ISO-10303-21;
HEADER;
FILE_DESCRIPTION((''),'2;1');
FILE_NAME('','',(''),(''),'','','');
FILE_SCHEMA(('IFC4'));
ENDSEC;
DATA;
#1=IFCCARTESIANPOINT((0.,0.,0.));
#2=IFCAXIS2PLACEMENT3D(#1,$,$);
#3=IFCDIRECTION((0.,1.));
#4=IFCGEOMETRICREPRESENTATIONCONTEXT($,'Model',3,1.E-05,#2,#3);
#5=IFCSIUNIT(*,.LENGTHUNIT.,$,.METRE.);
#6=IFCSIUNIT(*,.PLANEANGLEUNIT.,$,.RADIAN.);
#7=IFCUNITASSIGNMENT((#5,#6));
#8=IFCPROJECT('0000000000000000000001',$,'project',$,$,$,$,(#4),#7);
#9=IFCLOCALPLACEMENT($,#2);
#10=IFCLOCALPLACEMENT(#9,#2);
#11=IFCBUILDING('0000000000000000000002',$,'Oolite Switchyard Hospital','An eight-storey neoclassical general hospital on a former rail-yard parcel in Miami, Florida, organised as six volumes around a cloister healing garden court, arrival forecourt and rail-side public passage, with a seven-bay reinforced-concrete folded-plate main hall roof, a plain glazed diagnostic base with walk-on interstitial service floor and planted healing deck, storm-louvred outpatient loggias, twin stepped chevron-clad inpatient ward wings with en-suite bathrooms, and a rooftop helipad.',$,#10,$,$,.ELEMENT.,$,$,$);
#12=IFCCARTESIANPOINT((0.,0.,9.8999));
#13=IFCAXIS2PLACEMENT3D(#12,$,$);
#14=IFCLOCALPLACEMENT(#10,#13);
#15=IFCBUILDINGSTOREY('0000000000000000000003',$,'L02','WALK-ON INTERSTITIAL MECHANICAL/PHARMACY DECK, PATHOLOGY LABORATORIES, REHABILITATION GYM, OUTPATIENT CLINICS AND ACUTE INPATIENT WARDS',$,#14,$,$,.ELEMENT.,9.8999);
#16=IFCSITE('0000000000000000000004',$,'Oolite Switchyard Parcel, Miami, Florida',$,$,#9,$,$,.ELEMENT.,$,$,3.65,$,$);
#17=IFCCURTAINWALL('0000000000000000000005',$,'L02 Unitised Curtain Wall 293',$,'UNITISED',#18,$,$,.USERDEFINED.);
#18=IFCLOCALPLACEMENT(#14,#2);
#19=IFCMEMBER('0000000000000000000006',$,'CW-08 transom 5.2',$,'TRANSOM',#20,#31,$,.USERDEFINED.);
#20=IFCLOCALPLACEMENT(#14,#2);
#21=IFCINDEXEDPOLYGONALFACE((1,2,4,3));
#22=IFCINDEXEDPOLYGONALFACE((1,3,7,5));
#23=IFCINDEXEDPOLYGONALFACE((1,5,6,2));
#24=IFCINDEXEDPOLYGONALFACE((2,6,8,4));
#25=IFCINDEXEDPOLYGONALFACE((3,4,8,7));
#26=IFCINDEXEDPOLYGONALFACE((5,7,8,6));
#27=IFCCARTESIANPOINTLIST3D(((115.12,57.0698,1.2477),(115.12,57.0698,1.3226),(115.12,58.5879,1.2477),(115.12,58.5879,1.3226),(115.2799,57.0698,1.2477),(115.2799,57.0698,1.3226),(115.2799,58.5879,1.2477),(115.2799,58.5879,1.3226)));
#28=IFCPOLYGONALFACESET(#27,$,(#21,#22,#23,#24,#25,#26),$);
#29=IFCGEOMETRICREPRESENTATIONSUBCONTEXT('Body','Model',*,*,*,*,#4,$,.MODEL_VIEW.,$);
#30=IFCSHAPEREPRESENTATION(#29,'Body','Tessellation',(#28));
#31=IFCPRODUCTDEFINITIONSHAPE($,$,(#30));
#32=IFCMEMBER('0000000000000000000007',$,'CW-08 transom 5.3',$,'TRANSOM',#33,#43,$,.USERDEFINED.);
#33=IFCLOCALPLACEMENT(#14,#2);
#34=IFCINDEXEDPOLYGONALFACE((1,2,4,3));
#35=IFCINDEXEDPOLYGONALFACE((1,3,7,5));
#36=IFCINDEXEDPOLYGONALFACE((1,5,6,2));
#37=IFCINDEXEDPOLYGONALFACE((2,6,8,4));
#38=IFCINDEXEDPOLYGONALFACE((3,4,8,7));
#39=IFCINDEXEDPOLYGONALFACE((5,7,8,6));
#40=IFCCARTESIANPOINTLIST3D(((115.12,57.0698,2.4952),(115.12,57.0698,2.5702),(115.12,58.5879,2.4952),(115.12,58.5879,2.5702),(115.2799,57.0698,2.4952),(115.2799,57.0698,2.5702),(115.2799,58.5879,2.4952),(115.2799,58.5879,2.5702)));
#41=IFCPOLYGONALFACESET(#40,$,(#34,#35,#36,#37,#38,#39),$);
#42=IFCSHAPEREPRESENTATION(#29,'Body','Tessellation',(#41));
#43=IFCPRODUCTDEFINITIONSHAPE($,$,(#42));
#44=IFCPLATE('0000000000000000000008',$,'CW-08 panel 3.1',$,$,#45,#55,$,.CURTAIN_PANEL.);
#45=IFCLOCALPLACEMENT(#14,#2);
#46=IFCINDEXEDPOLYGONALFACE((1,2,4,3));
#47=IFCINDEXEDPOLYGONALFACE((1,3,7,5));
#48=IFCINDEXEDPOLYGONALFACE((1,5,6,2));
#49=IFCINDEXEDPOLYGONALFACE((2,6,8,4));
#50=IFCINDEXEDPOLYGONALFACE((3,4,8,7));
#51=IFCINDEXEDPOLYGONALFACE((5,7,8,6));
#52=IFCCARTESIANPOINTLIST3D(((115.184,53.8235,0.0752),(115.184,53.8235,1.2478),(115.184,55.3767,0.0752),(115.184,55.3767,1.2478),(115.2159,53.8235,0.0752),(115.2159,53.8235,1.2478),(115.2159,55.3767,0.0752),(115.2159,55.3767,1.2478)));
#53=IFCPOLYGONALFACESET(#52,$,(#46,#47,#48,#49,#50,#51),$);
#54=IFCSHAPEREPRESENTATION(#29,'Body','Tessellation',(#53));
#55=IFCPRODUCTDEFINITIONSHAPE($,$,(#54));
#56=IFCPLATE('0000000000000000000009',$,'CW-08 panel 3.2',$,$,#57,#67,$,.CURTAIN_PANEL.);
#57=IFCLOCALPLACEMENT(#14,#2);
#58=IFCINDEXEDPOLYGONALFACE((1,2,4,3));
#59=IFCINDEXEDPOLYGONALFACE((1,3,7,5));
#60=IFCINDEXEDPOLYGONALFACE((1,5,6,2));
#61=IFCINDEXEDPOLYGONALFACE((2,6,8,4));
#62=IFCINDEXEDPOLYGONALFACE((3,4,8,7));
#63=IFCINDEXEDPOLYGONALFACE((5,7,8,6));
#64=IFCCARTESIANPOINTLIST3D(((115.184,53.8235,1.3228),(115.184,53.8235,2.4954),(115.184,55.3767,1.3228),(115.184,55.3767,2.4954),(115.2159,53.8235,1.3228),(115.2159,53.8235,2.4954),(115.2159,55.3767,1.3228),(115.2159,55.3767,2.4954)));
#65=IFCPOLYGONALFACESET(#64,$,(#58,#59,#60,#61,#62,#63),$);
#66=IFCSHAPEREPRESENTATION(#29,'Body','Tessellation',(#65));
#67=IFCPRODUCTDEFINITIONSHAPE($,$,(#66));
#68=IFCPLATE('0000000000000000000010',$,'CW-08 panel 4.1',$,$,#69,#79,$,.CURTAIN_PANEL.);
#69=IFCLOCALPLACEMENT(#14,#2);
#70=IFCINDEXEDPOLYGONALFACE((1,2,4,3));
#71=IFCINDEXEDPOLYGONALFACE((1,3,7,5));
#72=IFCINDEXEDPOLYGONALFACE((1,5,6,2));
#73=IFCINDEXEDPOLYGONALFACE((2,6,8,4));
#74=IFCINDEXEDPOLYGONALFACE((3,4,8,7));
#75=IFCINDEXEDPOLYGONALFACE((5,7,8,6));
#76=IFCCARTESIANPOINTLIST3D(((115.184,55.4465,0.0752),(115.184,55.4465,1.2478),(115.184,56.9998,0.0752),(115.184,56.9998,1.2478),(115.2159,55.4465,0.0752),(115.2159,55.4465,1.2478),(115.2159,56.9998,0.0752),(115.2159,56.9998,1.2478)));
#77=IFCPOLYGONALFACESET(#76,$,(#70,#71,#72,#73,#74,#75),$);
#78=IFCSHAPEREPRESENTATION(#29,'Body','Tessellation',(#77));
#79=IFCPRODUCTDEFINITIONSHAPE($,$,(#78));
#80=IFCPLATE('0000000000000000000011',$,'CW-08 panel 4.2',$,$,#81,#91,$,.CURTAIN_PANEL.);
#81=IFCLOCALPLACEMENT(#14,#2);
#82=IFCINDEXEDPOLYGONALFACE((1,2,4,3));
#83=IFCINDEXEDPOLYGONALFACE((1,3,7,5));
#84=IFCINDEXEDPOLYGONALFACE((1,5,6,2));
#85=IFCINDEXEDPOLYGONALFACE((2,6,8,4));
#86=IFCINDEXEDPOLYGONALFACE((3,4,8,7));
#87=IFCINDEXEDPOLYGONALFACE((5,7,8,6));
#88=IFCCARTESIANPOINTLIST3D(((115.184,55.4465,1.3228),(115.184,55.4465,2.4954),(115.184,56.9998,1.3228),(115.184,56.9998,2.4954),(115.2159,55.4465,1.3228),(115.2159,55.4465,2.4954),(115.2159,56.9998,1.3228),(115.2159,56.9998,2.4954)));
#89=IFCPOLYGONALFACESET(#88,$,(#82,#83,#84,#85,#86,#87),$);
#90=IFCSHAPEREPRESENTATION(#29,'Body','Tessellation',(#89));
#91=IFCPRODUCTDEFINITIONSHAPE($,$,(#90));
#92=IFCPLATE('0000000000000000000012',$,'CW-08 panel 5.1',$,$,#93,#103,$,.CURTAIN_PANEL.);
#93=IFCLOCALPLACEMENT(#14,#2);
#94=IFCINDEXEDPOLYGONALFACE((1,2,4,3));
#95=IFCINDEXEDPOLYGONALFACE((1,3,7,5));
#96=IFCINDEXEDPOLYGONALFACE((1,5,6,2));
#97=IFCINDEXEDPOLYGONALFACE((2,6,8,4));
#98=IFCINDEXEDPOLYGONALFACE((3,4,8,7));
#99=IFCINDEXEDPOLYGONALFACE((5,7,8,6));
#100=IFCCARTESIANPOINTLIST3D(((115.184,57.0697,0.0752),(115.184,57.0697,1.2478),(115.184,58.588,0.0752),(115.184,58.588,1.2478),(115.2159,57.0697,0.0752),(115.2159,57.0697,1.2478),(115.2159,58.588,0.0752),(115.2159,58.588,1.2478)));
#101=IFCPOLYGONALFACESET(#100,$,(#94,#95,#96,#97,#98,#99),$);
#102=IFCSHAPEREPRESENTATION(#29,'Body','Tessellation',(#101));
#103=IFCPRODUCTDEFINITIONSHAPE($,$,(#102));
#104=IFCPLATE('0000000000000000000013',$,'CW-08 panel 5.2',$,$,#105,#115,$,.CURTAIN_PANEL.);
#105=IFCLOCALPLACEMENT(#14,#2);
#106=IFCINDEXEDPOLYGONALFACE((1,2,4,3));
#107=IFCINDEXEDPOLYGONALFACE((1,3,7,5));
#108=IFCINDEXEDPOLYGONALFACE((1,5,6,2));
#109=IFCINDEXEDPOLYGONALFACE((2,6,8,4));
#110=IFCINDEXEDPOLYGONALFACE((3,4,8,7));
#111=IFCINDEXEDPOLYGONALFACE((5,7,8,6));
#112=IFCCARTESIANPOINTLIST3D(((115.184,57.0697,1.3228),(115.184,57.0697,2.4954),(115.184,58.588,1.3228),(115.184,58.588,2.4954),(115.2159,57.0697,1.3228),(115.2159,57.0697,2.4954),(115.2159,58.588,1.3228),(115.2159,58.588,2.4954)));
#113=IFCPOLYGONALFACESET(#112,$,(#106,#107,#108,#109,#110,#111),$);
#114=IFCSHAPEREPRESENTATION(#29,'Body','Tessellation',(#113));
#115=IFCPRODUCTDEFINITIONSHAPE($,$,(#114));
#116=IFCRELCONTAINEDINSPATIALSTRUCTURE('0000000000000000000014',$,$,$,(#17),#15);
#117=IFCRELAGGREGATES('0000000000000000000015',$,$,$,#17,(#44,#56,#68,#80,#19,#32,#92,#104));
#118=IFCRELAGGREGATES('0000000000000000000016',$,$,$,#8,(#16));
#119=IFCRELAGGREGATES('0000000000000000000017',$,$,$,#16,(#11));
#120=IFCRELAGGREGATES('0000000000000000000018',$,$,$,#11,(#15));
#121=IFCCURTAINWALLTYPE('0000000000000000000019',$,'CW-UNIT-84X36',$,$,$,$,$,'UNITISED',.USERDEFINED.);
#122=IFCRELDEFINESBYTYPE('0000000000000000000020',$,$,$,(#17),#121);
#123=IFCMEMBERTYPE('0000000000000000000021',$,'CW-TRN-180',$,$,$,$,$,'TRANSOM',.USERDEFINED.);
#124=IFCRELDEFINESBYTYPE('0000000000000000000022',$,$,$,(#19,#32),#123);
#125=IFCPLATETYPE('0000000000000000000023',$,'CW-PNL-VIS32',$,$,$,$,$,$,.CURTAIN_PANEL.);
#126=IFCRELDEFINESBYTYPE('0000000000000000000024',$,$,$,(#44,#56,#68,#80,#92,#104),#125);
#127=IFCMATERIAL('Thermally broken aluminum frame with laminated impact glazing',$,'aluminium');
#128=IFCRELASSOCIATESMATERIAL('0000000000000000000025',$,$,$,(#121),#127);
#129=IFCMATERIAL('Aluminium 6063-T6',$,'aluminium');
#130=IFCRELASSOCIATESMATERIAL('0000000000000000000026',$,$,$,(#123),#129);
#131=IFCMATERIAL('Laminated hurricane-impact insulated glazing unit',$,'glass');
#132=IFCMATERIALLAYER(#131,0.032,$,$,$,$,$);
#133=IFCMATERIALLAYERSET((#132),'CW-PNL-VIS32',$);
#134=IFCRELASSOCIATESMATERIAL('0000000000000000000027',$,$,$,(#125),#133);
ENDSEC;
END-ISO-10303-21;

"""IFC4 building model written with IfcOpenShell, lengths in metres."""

from ifc_helpers import new_model, si_unit, direction, frame, origin, origin_2d, place, context, subcontext, project, spatial, rectangle, extrude, material, layer, layer_set, material_profile, profile_set, type_object, element, aggregate, save


model = new_model("IFC4")

# Units and contexts
model_context = context("Model", 3, precision=1e-05, world=origin(), true_north=direction((0.0, 1.0)))
body_context = subcontext(model_context, "Body", "Model", "MODEL_VIEW")
ifc_project = project(units=[si_unit("LENGTHUNIT", "METRE"), si_unit("PLANEANGLEUNIT", "RADIAN")], contexts=[model_context])

# Site, building, storey
site_placement = place(None, origin())
site = spatial("IfcSite", under=ifc_project, at=site_placement, Name="Oolite Switchyard Parcel, Miami, Florida", CompositionType="ELEMENT", RefElevation=3.65)
building_placement = place(site_placement, origin())
building = spatial("IfcBuilding", under=site, at=building_placement, Name="Oolite Switchyard Hospital", Description="An eight-storey neoclassical general hospital on a former rail-yard parcel in Miami, Florida, organised as six volumes around a cloister healing garden court, arrival forecourt and rail-side public passage, with a seven-bay reinforced-concrete folded-plate main hall roof, a plain glazed diagnostic base with walk-on interstitial service floor and planted healing deck, storm-louvred outpatient loggias, twin stepped chevron-clad inpatient ward wings with en-suite bathrooms, and a rooftop helipad.", CompositionType="ELEMENT")
storey_placement = place(building_placement, frame((0.0, 0.0, 9.8999)))
storey = spatial("IfcBuildingStorey", under=building, at=storey_placement, Name="L02", Description="WALK-ON INTERSTITIAL MECHANICAL/PHARMACY DECK, PATHOLOGY LABORATORIES, REHABILITATION GYM, OUTPATIENT CLINICS AND ACUTE INPATIENT WARDS", CompositionType="ELEMENT", Elevation=9.8999)

# Curtain wall
ifc_material_1 = material(Name="Thermally broken aluminum frame with laminated impact glazing", Category="aluminium")
curtain_wall_type = type_object("IfcCurtainWallType", Name="CW-UNIT-84X36", ElementType="UNITISED", PredefinedType="USERDEFINED", material=ifc_material_1)
curtain_wall_1_placement = place(storey_placement, origin())
curtain_wall_1 = element("IfcCurtainWall", 1, at=curtain_wall_1_placement, inside=storey, type_object=curtain_wall_type, Name="L02 Unitised Curtain Wall 293", ObjectType="UNITISED", PredefinedType="USERDEFINED")
ifc_material_2 = material(Name="Aluminium 6063-T6", Category="aluminium")

# Members
ifc_material_profile_1 = material_profile(ifc_material_2, rectangle(XDim=0.1599, YDim=0.075, at=origin_2d()), Name="CWT75X160")
ifc_profile_set_1 = profile_set([ifc_material_profile_1], Name="Aluminium 6063-T6")
member_type_1 = type_object("IfcMemberType", Name="CW-TRN-180", ElementType="TRANSOM", PredefinedType="USERDEFINED", material=ifc_profile_set_1)
member_1_placement = place(storey_placement, frame((115.2, 57.0698, 1.2852), z_axis=(0.0, 1.0, 0.0), x_axis=(-1.0, 0.0, 0.0)))
member_1 = element("IfcMember", 2, at=member_1_placement, type_object=member_type_1, Name="CW-08 transom 5.2", ObjectType="TRANSOM", PredefinedType="USERDEFINED", context=body_context, shape_type="SweptSolid", body=[
    extrude(rectangle(XDim=0.1599, YDim=0.075, at=origin_2d()), origin(), (0.0, 0.0, 1.0), 1.5181),
])
member_2_placement = place(storey_placement, frame((115.2, 57.0698, 2.5327), z_axis=(0.0, 1.0, 0.0), x_axis=(-1.0, 0.0, 0.0)))
member_2 = element("IfcMember", 3, at=member_2_placement, type_object=member_type_1, Name="CW-08 transom 5.3", ObjectType="TRANSOM", PredefinedType="USERDEFINED", context=body_context, shape_type="SweptSolid", body=[
    extrude(rectangle(XDim=0.1599, YDim=0.075, at=origin_2d()), origin(), (0.0, 0.0, 1.0), 1.5181),
])

# Plates
ifc_material_3 = material(Name="Laminated hurricane-impact insulated glazing unit", Category="glass")
ifc_layer = layer(ifc_material_3, 0.032)
ifc_layer_set = layer_set([ifc_layer], Name="CW-PNL-VIS32")
plate_type = type_object("IfcPlateType", Name="CW-PNL-VIS32", PredefinedType="CURTAIN_PANEL", material=ifc_layer_set)
plate_1_placement = place(storey_placement, frame((115.2, 54.6001, 0.0752), z_axis=(0.0, 0.0, 1.0), x_axis=(0.0, 1.0, 0.0)))
plate_1 = element("IfcPlate", 4, at=plate_1_placement, type_object=plate_type, Name="CW-08 panel 3.1", PredefinedType="CURTAIN_PANEL", context=body_context, shape_type="SweptSolid", body=[
    extrude(rectangle(XDim=1.5532, YDim=0.032, at=origin_2d()), origin(), (0.0, 0.0, 1.0), 1.1726),
])
plate_2_placement = place(storey_placement, frame((115.2, 54.6001, 1.3228), z_axis=(0.0, 0.0, 1.0), x_axis=(0.0, 1.0, 0.0)))
plate_2 = element("IfcPlate", 5, at=plate_2_placement, type_object=plate_type, Name="CW-08 panel 3.2", PredefinedType="CURTAIN_PANEL", context=body_context, shape_type="SweptSolid", body=[
    extrude(rectangle(XDim=1.5532, YDim=0.032, at=origin_2d()), origin(), (0.0, 0.0, 1.0), 1.1726),
])
plate_3_placement = place(storey_placement, frame((115.2, 56.2231, 0.0752), z_axis=(0.0, 0.0, 1.0), x_axis=(0.0, 1.0, 0.0)))
plate_3 = element("IfcPlate", 6, at=plate_3_placement, type_object=plate_type, Name="CW-08 panel 4.1", PredefinedType="CURTAIN_PANEL", context=body_context, shape_type="SweptSolid", body=[
    extrude(rectangle(XDim=1.5532, YDim=0.032, at=origin_2d()), origin(), (0.0, 0.0, 1.0), 1.1726),
])
plate_4_placement = place(storey_placement, frame((115.2, 56.2231, 1.3228), z_axis=(0.0, 0.0, 1.0), x_axis=(0.0, 1.0, 0.0)))
plate_4 = element("IfcPlate", 7, at=plate_4_placement, type_object=plate_type, Name="CW-08 panel 4.2", PredefinedType="CURTAIN_PANEL", context=body_context, shape_type="SweptSolid", body=[
    extrude(rectangle(XDim=1.5532, YDim=0.032, at=origin_2d()), origin(), (0.0, 0.0, 1.0), 1.1726),
])
plate_5_placement = place(storey_placement, frame((115.2, 57.8289, 0.0752), z_axis=(0.0, 0.0, 1.0), x_axis=(0.0, 1.0, 0.0)))
plate_5 = element("IfcPlate", 8, at=plate_5_placement, type_object=plate_type, Name="CW-08 panel 5.1", PredefinedType="CURTAIN_PANEL", context=body_context, shape_type="SweptSolid", body=[
    extrude(rectangle(XDim=1.5183, YDim=0.032, at=origin_2d()), origin(), (0.0, 0.0, 1.0), 1.1726),
])
plate_6_placement = place(storey_placement, frame((115.2, 57.8289, 1.3228), z_axis=(0.0, 0.0, 1.0), x_axis=(0.0, 1.0, 0.0)))
plate_6 = element("IfcPlate", 9, at=plate_6_placement, type_object=plate_type, Name="CW-08 panel 5.2", PredefinedType="CURTAIN_PANEL", context=body_context, shape_type="SweptSolid", body=[
    extrude(rectangle(XDim=1.5183, YDim=0.032, at=origin_2d()), origin(), (0.0, 0.0, 1.0), 1.1726),
])
aggregate(curtain_wall_1, [plate_1, plate_2, plate_3, plate_4, member_1, member_2, plate_5, plate_6])

save(model, "model.ifc")
